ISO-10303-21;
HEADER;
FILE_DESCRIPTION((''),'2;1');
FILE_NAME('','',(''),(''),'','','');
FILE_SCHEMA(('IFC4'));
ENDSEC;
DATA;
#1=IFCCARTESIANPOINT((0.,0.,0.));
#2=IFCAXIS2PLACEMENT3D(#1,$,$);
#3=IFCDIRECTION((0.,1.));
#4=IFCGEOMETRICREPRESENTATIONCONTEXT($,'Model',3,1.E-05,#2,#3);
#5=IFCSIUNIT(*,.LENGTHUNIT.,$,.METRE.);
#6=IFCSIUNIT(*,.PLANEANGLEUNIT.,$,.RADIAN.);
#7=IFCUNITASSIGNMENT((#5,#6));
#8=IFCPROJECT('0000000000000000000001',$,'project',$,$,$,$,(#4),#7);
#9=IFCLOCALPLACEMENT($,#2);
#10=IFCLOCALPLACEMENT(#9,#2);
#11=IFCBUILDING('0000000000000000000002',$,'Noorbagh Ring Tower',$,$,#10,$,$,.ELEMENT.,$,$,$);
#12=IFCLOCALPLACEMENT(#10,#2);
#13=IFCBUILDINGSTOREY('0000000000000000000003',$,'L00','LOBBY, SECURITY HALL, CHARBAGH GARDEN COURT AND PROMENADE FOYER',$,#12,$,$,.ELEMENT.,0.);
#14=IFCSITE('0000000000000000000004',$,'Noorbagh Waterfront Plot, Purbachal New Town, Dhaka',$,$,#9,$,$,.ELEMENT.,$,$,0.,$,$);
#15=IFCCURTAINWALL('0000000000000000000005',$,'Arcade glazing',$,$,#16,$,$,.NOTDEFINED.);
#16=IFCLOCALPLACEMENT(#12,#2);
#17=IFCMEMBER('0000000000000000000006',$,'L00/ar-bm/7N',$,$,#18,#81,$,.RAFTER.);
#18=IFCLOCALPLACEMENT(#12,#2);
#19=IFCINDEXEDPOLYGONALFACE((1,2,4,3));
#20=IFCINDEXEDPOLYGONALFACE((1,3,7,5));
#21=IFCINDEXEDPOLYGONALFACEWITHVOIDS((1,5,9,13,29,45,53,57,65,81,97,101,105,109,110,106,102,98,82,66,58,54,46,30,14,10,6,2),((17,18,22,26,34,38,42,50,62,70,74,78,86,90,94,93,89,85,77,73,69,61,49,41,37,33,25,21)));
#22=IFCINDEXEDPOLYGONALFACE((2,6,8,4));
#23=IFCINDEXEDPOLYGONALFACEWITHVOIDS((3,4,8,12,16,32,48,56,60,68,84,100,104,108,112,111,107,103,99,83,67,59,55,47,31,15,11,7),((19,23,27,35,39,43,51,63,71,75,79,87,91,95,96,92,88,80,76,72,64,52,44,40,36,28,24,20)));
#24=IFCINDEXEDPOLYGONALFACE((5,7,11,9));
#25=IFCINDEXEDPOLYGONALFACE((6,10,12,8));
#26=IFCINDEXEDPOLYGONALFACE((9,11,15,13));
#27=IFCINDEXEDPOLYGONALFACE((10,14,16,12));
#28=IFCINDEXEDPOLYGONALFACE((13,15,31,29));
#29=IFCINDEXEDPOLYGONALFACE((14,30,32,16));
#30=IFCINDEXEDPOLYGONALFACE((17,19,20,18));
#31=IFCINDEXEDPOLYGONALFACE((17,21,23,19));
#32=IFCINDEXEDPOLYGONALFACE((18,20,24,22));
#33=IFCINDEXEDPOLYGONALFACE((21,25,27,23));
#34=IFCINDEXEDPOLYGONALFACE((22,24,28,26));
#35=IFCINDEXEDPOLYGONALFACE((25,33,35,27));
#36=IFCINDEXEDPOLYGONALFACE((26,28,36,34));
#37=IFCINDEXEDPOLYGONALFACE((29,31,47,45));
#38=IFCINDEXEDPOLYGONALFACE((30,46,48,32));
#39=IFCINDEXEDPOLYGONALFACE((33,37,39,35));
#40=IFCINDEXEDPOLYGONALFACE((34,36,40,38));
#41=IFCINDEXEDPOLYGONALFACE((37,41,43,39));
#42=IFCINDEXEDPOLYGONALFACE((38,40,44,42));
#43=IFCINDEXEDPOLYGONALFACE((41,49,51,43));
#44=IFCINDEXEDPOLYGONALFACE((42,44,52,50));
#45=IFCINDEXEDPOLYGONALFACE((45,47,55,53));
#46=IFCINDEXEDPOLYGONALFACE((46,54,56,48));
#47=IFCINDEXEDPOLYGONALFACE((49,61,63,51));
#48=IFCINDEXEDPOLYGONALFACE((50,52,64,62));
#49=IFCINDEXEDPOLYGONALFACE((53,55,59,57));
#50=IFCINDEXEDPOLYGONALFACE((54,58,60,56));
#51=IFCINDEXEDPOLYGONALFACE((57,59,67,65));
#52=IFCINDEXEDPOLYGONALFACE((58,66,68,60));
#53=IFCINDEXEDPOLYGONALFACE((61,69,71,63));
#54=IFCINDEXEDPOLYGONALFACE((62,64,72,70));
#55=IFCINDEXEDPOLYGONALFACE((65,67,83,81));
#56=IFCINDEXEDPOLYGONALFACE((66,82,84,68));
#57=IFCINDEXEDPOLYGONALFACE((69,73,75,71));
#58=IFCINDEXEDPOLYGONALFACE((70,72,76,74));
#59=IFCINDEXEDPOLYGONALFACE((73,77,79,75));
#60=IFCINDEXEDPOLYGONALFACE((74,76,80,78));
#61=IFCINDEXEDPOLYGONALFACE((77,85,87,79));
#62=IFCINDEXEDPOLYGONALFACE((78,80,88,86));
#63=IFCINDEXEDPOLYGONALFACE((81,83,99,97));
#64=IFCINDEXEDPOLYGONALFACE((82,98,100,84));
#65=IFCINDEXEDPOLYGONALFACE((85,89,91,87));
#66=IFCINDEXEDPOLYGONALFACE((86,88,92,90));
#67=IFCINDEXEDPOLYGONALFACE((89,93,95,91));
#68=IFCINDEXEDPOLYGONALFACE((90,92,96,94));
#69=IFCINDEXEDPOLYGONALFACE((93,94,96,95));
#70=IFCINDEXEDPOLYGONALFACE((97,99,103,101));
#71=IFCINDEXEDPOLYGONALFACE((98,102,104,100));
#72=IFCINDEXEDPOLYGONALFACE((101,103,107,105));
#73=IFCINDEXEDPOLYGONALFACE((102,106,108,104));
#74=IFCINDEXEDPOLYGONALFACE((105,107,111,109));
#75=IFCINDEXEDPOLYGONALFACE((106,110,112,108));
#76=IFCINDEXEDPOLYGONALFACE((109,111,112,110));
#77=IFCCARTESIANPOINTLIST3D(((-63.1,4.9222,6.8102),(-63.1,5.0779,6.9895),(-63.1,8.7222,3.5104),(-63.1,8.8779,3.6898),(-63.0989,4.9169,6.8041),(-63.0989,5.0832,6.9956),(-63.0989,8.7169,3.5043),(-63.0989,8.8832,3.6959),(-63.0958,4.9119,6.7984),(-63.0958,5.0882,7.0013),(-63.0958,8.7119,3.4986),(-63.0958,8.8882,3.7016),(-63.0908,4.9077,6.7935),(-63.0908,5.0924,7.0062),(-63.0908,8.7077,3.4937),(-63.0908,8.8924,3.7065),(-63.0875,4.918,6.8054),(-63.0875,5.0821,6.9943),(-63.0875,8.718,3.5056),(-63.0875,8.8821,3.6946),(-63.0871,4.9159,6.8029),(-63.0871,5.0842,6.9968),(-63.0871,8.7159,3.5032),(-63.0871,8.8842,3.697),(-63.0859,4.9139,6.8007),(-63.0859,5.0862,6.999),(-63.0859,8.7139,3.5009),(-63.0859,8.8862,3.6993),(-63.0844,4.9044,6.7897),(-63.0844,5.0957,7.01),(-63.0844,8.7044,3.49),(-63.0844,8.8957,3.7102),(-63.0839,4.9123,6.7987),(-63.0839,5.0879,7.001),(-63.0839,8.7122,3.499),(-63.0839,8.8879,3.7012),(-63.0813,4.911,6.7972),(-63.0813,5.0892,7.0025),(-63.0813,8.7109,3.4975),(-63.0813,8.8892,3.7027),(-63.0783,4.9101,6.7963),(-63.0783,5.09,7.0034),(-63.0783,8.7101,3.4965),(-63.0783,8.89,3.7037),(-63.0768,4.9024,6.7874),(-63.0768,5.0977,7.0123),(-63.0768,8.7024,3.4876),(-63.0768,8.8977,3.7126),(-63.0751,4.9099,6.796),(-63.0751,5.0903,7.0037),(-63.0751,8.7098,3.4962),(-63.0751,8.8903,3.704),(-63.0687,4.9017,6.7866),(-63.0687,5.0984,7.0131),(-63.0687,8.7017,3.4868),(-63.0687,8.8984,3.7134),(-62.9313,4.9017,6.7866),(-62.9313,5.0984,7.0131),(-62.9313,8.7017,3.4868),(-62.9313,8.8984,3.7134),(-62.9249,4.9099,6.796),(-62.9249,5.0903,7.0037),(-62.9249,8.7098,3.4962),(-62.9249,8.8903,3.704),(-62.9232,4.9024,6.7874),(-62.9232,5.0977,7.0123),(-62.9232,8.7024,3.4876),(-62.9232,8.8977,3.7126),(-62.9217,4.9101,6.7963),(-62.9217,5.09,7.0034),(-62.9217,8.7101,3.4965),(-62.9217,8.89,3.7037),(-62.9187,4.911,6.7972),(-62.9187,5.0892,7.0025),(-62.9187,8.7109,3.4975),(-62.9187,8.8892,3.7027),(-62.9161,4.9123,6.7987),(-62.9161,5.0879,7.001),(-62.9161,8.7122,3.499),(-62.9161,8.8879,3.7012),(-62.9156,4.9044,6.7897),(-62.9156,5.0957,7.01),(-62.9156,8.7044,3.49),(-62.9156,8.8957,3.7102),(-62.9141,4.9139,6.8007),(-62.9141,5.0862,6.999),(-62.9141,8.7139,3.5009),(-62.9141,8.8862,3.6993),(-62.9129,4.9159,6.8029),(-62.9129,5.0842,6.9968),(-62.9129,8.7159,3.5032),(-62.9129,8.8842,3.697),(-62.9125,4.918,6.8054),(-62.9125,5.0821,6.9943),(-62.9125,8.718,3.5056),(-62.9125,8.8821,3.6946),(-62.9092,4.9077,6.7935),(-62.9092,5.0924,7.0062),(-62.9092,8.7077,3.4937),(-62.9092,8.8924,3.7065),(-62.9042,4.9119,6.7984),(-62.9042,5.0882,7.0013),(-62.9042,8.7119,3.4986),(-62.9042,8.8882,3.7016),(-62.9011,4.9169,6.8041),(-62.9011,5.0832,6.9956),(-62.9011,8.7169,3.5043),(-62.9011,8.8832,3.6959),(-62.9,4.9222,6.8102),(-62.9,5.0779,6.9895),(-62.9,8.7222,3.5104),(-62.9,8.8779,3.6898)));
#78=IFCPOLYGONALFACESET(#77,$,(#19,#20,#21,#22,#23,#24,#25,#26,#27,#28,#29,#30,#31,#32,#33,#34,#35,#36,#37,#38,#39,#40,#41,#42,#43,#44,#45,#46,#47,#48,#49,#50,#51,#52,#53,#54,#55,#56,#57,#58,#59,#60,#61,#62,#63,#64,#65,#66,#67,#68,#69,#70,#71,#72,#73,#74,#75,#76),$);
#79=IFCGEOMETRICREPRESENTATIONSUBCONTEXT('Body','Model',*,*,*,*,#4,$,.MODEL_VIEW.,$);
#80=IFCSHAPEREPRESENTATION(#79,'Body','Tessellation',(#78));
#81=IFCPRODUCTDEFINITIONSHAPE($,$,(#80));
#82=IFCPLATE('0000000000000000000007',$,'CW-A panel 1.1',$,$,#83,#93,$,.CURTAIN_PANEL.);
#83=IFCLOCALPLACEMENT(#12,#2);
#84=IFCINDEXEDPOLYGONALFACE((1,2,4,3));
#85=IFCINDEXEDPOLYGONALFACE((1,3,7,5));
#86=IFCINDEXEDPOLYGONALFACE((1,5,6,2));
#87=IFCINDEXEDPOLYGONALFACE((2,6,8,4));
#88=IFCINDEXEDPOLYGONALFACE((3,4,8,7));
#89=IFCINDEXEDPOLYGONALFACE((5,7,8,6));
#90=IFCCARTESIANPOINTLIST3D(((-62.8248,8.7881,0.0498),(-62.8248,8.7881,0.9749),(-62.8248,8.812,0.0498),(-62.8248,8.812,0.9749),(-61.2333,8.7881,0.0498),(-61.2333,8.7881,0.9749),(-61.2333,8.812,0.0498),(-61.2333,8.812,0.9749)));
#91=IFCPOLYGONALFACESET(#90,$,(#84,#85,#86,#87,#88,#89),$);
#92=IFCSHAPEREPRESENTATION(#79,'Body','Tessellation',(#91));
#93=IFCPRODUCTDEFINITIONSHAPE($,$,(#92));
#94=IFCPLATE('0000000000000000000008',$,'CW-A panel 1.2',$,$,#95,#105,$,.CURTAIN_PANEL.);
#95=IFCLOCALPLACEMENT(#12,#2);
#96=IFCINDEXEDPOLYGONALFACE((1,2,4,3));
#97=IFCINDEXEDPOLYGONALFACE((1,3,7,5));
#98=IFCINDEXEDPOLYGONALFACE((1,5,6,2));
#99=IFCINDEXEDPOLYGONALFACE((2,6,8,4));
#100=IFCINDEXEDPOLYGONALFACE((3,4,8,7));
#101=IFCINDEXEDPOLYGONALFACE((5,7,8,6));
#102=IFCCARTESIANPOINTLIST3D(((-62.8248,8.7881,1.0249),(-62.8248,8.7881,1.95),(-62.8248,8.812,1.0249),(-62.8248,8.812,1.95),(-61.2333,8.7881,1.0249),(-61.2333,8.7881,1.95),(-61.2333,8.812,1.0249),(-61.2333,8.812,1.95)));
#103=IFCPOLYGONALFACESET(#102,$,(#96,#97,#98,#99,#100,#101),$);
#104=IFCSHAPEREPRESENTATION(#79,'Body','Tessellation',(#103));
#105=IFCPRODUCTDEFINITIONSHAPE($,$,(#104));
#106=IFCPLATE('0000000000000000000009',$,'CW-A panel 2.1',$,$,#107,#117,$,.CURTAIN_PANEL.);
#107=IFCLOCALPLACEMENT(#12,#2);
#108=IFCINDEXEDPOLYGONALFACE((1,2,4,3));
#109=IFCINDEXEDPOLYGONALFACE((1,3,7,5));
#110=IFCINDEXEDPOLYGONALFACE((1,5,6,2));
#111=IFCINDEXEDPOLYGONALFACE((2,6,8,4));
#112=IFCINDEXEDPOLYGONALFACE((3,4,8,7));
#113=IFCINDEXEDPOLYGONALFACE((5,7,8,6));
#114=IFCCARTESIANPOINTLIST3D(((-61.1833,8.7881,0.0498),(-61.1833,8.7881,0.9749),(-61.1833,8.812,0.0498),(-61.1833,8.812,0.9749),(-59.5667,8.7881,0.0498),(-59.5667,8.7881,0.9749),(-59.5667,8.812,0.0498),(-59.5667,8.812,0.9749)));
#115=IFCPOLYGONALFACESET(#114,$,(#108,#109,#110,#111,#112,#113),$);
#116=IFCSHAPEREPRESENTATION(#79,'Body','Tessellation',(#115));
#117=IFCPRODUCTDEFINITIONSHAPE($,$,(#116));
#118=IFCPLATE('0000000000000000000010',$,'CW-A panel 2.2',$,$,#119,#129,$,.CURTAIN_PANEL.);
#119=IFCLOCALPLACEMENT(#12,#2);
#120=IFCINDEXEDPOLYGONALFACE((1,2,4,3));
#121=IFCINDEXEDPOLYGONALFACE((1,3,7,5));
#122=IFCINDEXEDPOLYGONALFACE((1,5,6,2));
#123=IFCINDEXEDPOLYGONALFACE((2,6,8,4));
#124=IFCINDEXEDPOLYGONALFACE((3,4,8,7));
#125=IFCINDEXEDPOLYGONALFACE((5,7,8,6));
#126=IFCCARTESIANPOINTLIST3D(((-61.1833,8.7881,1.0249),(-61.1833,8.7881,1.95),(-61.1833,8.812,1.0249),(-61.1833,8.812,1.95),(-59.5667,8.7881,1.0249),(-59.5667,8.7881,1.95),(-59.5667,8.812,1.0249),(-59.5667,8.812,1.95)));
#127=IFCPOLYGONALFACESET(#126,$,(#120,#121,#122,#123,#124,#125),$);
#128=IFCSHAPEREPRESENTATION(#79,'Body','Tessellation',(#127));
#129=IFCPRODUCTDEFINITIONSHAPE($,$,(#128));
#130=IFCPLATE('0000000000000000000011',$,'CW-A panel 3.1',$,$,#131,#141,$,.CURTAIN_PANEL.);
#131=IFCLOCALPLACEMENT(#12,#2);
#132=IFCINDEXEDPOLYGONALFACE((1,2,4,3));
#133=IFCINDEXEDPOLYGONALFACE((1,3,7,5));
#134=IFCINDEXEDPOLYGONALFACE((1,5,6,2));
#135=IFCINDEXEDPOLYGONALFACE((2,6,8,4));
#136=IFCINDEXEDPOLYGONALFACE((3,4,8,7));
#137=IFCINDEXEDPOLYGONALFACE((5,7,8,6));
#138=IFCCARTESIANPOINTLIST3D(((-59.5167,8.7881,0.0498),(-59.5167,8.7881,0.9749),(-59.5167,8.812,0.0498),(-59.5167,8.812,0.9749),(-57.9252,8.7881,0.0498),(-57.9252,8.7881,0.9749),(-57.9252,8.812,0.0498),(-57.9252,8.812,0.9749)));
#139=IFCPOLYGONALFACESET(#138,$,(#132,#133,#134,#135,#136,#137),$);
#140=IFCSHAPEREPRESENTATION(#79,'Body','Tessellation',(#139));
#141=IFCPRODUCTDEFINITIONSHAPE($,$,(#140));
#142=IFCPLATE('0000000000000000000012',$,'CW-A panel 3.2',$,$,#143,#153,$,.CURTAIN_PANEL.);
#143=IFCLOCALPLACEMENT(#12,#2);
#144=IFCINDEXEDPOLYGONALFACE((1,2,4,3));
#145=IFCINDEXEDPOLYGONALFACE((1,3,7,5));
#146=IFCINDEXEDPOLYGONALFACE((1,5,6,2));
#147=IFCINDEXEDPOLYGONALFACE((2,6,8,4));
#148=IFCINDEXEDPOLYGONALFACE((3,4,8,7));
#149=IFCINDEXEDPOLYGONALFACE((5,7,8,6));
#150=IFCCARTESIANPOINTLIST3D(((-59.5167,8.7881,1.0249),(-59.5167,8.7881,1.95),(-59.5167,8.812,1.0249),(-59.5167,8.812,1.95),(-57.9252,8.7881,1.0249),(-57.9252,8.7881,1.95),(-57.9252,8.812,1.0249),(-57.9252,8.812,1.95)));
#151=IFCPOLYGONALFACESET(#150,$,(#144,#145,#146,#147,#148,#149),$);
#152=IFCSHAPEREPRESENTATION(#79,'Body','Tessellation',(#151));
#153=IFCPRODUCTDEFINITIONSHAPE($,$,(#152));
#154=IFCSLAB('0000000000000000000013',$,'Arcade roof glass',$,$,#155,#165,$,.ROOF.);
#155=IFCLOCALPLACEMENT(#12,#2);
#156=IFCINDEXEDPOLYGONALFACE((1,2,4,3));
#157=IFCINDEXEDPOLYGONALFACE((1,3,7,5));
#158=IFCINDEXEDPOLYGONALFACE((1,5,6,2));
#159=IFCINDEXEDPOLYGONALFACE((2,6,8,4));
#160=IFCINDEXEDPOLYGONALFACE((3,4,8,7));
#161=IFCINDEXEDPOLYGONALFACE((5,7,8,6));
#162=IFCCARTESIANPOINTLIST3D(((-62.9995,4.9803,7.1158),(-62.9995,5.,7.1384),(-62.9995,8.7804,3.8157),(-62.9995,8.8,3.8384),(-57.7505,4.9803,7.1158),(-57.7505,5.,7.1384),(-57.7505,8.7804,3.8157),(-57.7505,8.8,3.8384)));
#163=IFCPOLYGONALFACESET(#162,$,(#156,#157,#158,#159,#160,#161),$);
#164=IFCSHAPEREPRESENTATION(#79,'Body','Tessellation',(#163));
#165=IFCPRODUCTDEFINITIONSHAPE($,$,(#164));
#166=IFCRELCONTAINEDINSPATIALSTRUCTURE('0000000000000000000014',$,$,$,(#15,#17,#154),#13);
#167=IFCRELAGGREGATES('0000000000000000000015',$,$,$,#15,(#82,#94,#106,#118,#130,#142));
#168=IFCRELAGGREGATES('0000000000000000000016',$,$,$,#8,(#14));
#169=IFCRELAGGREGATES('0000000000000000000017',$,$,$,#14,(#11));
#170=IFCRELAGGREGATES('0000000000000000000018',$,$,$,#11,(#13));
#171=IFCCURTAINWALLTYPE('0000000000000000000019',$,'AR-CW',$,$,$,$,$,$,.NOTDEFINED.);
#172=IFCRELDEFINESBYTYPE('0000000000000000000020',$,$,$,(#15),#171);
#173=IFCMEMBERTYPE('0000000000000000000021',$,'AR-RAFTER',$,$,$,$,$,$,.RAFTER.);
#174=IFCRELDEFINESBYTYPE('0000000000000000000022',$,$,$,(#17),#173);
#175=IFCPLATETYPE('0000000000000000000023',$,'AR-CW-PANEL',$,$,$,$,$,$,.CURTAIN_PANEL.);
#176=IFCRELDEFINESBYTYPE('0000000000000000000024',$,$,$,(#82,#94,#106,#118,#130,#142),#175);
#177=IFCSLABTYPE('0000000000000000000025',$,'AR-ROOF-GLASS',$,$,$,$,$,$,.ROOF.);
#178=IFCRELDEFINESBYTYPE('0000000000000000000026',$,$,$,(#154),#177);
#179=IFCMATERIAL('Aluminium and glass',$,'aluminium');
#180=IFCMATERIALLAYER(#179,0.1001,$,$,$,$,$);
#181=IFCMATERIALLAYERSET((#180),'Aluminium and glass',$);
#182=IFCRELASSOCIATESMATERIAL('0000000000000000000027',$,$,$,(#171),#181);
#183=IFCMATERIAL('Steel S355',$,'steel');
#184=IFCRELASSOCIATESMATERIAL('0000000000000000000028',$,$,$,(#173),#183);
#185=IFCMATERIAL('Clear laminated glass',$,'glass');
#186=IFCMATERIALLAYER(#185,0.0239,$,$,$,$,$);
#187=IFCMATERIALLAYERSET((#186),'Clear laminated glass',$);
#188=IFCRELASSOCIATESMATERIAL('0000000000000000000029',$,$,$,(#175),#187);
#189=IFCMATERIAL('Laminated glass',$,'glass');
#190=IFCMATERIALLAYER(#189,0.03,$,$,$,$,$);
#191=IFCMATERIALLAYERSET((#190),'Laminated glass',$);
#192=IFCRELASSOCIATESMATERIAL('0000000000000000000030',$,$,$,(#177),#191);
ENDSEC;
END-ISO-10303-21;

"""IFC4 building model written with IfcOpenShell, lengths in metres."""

from ifc_helpers import new_model, si_unit, direction, frame, origin, origin_2d, place, context, subcontext, project, spatial, polyline, rectangle, hollow_rectangle, outline, extrude, material, layer, layer_set, material_profile, profile_set, type_object, element, aggregate, save


model = new_model("IFC4")

# Units and contexts
model_context = context("Model", 3, precision=1e-05, world=origin(), true_north=direction((0.0, 1.0)))
body_context = subcontext(model_context, "Body", "Model", "MODEL_VIEW")
ifc_project = project(units=[si_unit("LENGTHUNIT", "METRE"), si_unit("PLANEANGLEUNIT", "RADIAN")], contexts=[model_context])

# Site, building, storey
site_placement = place(None, origin())
site = spatial("IfcSite", under=ifc_project, at=site_placement, Name="Noorbagh Waterfront Plot, Purbachal New Town, Dhaka", CompositionType="ELEMENT", RefElevation=0.0)
building_placement = place(site_placement, origin())
building = spatial("IfcBuilding", under=site, at=building_placement, Name="Noorbagh Ring Tower", CompositionType="ELEMENT")
storey_placement = place(building_placement, origin())
storey = spatial("IfcBuildingStorey", under=building, at=storey_placement, Name="L00", Description="LOBBY, SECURITY HALL, CHARBAGH GARDEN COURT AND PROMENADE FOYER", CompositionType="ELEMENT", Elevation=0.0)

# Curtain wall
ifc_material_1 = material(Name="Aluminium and glass", Category="aluminium")
ifc_layer_1 = layer(ifc_material_1, 0.1001)
ifc_layer_set_1 = layer_set([ifc_layer_1], Name="Aluminium and glass")
curtain_wall_type = type_object("IfcCurtainWallType", Name="AR-CW", PredefinedType="NOTDEFINED", material=ifc_layer_set_1)
curtain_wall_placement = place(storey_placement, origin())
curtain_wall = element("IfcCurtainWall", 1, at=curtain_wall_placement, inside=storey, type_object=curtain_wall_type, Name="Arcade glazing", PredefinedType="NOTDEFINED")

# Member
ifc_material_2 = material(Name="Steel S355", Category="steel")
ifc_material_profile_1 = material_profile(ifc_material_2, hollow_rectangle(XDim=0.2, YDim=0.3, WallThickness=0.0125, InnerFilletRadius=0.0125, OuterFilletRadius=0.0312, at=origin_2d()), Name="RHS300x200x12.5")
ifc_profile_set_1 = profile_set([ifc_material_profile_1], Name="Steel S355")
member_type_1 = type_object("IfcMemberType", Name="AR-RAFTER", PredefinedType="RAFTER", material=ifc_profile_set_1)
member_1_placement = place(storey_placement, frame((-63.0, 8.8, 3.6001), z_axis=(0.0, -0.755057, 0.65566), x_axis=(1.0, 0.0, 0.0)))
element("IfcMember", 2, at=member_1_placement, inside=storey, type_object=member_type_1, Name="L00/ar-bm/7N", PredefinedType="RAFTER", context=body_context, shape_type="SweptSolid", body=[
    extrude(hollow_rectangle(XDim=0.2, YDim=0.3, WallThickness=0.0125, InnerFilletRadius=0.0125, OuterFilletRadius=0.0312, at=origin_2d()), origin(), (0.0, 0.0, 1.0), 5.0327),
])

# Plates
ifc_material_3 = material(Name="Clear laminated glass", Category="glass")
ifc_layer_2 = layer(ifc_material_3, 0.0239)
ifc_layer_set_2 = layer_set([ifc_layer_2], Name="Clear laminated glass")
plate_type = type_object("IfcPlateType", Name="AR-CW-PANEL", PredefinedType="CURTAIN_PANEL", material=ifc_layer_set_2)
plate_1_placement = place(storey_placement, frame((-62.0291, 8.8, 0.0498), z_axis=(0.0, 0.0, 1.0), x_axis=(1.0, 0.0, 0.0)))
plate_1 = element("IfcPlate", 3, at=plate_1_placement, type_object=plate_type, Name="CW-A panel 1.1", PredefinedType="CURTAIN_PANEL", context=body_context, shape_type="SweptSolid", body=[
    extrude(rectangle(XDim=1.5916, YDim=0.0239, at=origin_2d()), origin(), (0.0, 0.0, 1.0), 0.925),
])
plate_2_placement = place(storey_placement, frame((-62.0291, 8.8, 1.0249), z_axis=(0.0, 0.0, 1.0), x_axis=(1.0, 0.0, 0.0)))
plate_2 = element("IfcPlate", 4, at=plate_2_placement, type_object=plate_type, Name="CW-A panel 1.2", PredefinedType="CURTAIN_PANEL", context=body_context, shape_type="SweptSolid", body=[
    extrude(rectangle(XDim=1.5916, YDim=0.0239, at=origin_2d()), origin(), (0.0, 0.0, 1.0), 0.925),
])
plate_3_placement = place(storey_placement, frame((-60.375, 8.8, 0.0498), z_axis=(0.0, 0.0, 1.0), x_axis=(1.0, 0.0, 0.0)))
plate_3 = element("IfcPlate", 5, at=plate_3_placement, type_object=plate_type, Name="CW-A panel 2.1", PredefinedType="CURTAIN_PANEL", context=body_context, shape_type="SweptSolid", body=[
    extrude(rectangle(XDim=1.6167, YDim=0.0239, at=origin_2d()), origin(), (0.0, 0.0, 1.0), 0.925),
])
plate_4_placement = place(storey_placement, frame((-60.375, 8.8, 1.0249), z_axis=(0.0, 0.0, 1.0), x_axis=(1.0, 0.0, 0.0)))
plate_4 = element("IfcPlate", 6, at=plate_4_placement, type_object=plate_type, Name="CW-A panel 2.2", PredefinedType="CURTAIN_PANEL", context=body_context, shape_type="SweptSolid", body=[
    extrude(rectangle(XDim=1.6167, YDim=0.0239, at=origin_2d()), origin(), (0.0, 0.0, 1.0), 0.925),
])
plate_5_placement = place(storey_placement, frame((-58.7209, 8.8, 0.0498), z_axis=(0.0, 0.0, 1.0), x_axis=(1.0, 0.0, 0.0)))
plate_5 = element("IfcPlate", 7, at=plate_5_placement, type_object=plate_type, Name="CW-A panel 3.1", PredefinedType="CURTAIN_PANEL", context=body_context, shape_type="SweptSolid", body=[
    extrude(rectangle(XDim=1.5916, YDim=0.0239, at=origin_2d()), origin(), (0.0, 0.0, 1.0), 0.925),
])
plate_6_placement = place(storey_placement, frame((-58.7209, 8.8, 1.0249), z_axis=(0.0, 0.0, 1.0), x_axis=(1.0, 0.0, 0.0)))
plate_6 = element("IfcPlate", 8, at=plate_6_placement, type_object=plate_type, Name="CW-A panel 3.2", PredefinedType="CURTAIN_PANEL", context=body_context, shape_type="SweptSolid", body=[
    extrude(rectangle(XDim=1.5916, YDim=0.0239, at=origin_2d()), origin(), (0.0, 0.0, 1.0), 0.925),
])
aggregate(curtain_wall, [plate_1, plate_2, plate_3, plate_4, plate_5, plate_6])

# Slab
ifc_material_4 = material(Name="Laminated glass", Category="glass")
ifc_layer_3 = layer(ifc_material_4, 0.03)
ifc_layer_set_3 = layer_set([ifc_layer_3], Name="Laminated glass")
slab_type = type_object("IfcSlabType", Name="AR-ROOF-GLASS", PredefinedType="ROOF", material=ifc_layer_set_3)
slab_placement = place(storey_placement, frame((-62.9995, 8.8, 3.8384), z_axis=(0.0, 0.655687, 0.755032), x_axis=(1.0, 0.0, 0.0)))
element("IfcSlab", 9, at=slab_placement, inside=storey, type_object=slab_type, Name="Arcade roof glass", PredefinedType="ROOF", context=body_context, shape_type="SweptSolid", body=[
    extrude(outline(polyline([(0.0, 0.0), (5.249, 0.0), (5.249, -5.033), (0.0, -5.033), (0.0, 0.0)])), origin(), (0.0, 0.0, -1.0), 0.03),
])

save(model, "model.ifc")
